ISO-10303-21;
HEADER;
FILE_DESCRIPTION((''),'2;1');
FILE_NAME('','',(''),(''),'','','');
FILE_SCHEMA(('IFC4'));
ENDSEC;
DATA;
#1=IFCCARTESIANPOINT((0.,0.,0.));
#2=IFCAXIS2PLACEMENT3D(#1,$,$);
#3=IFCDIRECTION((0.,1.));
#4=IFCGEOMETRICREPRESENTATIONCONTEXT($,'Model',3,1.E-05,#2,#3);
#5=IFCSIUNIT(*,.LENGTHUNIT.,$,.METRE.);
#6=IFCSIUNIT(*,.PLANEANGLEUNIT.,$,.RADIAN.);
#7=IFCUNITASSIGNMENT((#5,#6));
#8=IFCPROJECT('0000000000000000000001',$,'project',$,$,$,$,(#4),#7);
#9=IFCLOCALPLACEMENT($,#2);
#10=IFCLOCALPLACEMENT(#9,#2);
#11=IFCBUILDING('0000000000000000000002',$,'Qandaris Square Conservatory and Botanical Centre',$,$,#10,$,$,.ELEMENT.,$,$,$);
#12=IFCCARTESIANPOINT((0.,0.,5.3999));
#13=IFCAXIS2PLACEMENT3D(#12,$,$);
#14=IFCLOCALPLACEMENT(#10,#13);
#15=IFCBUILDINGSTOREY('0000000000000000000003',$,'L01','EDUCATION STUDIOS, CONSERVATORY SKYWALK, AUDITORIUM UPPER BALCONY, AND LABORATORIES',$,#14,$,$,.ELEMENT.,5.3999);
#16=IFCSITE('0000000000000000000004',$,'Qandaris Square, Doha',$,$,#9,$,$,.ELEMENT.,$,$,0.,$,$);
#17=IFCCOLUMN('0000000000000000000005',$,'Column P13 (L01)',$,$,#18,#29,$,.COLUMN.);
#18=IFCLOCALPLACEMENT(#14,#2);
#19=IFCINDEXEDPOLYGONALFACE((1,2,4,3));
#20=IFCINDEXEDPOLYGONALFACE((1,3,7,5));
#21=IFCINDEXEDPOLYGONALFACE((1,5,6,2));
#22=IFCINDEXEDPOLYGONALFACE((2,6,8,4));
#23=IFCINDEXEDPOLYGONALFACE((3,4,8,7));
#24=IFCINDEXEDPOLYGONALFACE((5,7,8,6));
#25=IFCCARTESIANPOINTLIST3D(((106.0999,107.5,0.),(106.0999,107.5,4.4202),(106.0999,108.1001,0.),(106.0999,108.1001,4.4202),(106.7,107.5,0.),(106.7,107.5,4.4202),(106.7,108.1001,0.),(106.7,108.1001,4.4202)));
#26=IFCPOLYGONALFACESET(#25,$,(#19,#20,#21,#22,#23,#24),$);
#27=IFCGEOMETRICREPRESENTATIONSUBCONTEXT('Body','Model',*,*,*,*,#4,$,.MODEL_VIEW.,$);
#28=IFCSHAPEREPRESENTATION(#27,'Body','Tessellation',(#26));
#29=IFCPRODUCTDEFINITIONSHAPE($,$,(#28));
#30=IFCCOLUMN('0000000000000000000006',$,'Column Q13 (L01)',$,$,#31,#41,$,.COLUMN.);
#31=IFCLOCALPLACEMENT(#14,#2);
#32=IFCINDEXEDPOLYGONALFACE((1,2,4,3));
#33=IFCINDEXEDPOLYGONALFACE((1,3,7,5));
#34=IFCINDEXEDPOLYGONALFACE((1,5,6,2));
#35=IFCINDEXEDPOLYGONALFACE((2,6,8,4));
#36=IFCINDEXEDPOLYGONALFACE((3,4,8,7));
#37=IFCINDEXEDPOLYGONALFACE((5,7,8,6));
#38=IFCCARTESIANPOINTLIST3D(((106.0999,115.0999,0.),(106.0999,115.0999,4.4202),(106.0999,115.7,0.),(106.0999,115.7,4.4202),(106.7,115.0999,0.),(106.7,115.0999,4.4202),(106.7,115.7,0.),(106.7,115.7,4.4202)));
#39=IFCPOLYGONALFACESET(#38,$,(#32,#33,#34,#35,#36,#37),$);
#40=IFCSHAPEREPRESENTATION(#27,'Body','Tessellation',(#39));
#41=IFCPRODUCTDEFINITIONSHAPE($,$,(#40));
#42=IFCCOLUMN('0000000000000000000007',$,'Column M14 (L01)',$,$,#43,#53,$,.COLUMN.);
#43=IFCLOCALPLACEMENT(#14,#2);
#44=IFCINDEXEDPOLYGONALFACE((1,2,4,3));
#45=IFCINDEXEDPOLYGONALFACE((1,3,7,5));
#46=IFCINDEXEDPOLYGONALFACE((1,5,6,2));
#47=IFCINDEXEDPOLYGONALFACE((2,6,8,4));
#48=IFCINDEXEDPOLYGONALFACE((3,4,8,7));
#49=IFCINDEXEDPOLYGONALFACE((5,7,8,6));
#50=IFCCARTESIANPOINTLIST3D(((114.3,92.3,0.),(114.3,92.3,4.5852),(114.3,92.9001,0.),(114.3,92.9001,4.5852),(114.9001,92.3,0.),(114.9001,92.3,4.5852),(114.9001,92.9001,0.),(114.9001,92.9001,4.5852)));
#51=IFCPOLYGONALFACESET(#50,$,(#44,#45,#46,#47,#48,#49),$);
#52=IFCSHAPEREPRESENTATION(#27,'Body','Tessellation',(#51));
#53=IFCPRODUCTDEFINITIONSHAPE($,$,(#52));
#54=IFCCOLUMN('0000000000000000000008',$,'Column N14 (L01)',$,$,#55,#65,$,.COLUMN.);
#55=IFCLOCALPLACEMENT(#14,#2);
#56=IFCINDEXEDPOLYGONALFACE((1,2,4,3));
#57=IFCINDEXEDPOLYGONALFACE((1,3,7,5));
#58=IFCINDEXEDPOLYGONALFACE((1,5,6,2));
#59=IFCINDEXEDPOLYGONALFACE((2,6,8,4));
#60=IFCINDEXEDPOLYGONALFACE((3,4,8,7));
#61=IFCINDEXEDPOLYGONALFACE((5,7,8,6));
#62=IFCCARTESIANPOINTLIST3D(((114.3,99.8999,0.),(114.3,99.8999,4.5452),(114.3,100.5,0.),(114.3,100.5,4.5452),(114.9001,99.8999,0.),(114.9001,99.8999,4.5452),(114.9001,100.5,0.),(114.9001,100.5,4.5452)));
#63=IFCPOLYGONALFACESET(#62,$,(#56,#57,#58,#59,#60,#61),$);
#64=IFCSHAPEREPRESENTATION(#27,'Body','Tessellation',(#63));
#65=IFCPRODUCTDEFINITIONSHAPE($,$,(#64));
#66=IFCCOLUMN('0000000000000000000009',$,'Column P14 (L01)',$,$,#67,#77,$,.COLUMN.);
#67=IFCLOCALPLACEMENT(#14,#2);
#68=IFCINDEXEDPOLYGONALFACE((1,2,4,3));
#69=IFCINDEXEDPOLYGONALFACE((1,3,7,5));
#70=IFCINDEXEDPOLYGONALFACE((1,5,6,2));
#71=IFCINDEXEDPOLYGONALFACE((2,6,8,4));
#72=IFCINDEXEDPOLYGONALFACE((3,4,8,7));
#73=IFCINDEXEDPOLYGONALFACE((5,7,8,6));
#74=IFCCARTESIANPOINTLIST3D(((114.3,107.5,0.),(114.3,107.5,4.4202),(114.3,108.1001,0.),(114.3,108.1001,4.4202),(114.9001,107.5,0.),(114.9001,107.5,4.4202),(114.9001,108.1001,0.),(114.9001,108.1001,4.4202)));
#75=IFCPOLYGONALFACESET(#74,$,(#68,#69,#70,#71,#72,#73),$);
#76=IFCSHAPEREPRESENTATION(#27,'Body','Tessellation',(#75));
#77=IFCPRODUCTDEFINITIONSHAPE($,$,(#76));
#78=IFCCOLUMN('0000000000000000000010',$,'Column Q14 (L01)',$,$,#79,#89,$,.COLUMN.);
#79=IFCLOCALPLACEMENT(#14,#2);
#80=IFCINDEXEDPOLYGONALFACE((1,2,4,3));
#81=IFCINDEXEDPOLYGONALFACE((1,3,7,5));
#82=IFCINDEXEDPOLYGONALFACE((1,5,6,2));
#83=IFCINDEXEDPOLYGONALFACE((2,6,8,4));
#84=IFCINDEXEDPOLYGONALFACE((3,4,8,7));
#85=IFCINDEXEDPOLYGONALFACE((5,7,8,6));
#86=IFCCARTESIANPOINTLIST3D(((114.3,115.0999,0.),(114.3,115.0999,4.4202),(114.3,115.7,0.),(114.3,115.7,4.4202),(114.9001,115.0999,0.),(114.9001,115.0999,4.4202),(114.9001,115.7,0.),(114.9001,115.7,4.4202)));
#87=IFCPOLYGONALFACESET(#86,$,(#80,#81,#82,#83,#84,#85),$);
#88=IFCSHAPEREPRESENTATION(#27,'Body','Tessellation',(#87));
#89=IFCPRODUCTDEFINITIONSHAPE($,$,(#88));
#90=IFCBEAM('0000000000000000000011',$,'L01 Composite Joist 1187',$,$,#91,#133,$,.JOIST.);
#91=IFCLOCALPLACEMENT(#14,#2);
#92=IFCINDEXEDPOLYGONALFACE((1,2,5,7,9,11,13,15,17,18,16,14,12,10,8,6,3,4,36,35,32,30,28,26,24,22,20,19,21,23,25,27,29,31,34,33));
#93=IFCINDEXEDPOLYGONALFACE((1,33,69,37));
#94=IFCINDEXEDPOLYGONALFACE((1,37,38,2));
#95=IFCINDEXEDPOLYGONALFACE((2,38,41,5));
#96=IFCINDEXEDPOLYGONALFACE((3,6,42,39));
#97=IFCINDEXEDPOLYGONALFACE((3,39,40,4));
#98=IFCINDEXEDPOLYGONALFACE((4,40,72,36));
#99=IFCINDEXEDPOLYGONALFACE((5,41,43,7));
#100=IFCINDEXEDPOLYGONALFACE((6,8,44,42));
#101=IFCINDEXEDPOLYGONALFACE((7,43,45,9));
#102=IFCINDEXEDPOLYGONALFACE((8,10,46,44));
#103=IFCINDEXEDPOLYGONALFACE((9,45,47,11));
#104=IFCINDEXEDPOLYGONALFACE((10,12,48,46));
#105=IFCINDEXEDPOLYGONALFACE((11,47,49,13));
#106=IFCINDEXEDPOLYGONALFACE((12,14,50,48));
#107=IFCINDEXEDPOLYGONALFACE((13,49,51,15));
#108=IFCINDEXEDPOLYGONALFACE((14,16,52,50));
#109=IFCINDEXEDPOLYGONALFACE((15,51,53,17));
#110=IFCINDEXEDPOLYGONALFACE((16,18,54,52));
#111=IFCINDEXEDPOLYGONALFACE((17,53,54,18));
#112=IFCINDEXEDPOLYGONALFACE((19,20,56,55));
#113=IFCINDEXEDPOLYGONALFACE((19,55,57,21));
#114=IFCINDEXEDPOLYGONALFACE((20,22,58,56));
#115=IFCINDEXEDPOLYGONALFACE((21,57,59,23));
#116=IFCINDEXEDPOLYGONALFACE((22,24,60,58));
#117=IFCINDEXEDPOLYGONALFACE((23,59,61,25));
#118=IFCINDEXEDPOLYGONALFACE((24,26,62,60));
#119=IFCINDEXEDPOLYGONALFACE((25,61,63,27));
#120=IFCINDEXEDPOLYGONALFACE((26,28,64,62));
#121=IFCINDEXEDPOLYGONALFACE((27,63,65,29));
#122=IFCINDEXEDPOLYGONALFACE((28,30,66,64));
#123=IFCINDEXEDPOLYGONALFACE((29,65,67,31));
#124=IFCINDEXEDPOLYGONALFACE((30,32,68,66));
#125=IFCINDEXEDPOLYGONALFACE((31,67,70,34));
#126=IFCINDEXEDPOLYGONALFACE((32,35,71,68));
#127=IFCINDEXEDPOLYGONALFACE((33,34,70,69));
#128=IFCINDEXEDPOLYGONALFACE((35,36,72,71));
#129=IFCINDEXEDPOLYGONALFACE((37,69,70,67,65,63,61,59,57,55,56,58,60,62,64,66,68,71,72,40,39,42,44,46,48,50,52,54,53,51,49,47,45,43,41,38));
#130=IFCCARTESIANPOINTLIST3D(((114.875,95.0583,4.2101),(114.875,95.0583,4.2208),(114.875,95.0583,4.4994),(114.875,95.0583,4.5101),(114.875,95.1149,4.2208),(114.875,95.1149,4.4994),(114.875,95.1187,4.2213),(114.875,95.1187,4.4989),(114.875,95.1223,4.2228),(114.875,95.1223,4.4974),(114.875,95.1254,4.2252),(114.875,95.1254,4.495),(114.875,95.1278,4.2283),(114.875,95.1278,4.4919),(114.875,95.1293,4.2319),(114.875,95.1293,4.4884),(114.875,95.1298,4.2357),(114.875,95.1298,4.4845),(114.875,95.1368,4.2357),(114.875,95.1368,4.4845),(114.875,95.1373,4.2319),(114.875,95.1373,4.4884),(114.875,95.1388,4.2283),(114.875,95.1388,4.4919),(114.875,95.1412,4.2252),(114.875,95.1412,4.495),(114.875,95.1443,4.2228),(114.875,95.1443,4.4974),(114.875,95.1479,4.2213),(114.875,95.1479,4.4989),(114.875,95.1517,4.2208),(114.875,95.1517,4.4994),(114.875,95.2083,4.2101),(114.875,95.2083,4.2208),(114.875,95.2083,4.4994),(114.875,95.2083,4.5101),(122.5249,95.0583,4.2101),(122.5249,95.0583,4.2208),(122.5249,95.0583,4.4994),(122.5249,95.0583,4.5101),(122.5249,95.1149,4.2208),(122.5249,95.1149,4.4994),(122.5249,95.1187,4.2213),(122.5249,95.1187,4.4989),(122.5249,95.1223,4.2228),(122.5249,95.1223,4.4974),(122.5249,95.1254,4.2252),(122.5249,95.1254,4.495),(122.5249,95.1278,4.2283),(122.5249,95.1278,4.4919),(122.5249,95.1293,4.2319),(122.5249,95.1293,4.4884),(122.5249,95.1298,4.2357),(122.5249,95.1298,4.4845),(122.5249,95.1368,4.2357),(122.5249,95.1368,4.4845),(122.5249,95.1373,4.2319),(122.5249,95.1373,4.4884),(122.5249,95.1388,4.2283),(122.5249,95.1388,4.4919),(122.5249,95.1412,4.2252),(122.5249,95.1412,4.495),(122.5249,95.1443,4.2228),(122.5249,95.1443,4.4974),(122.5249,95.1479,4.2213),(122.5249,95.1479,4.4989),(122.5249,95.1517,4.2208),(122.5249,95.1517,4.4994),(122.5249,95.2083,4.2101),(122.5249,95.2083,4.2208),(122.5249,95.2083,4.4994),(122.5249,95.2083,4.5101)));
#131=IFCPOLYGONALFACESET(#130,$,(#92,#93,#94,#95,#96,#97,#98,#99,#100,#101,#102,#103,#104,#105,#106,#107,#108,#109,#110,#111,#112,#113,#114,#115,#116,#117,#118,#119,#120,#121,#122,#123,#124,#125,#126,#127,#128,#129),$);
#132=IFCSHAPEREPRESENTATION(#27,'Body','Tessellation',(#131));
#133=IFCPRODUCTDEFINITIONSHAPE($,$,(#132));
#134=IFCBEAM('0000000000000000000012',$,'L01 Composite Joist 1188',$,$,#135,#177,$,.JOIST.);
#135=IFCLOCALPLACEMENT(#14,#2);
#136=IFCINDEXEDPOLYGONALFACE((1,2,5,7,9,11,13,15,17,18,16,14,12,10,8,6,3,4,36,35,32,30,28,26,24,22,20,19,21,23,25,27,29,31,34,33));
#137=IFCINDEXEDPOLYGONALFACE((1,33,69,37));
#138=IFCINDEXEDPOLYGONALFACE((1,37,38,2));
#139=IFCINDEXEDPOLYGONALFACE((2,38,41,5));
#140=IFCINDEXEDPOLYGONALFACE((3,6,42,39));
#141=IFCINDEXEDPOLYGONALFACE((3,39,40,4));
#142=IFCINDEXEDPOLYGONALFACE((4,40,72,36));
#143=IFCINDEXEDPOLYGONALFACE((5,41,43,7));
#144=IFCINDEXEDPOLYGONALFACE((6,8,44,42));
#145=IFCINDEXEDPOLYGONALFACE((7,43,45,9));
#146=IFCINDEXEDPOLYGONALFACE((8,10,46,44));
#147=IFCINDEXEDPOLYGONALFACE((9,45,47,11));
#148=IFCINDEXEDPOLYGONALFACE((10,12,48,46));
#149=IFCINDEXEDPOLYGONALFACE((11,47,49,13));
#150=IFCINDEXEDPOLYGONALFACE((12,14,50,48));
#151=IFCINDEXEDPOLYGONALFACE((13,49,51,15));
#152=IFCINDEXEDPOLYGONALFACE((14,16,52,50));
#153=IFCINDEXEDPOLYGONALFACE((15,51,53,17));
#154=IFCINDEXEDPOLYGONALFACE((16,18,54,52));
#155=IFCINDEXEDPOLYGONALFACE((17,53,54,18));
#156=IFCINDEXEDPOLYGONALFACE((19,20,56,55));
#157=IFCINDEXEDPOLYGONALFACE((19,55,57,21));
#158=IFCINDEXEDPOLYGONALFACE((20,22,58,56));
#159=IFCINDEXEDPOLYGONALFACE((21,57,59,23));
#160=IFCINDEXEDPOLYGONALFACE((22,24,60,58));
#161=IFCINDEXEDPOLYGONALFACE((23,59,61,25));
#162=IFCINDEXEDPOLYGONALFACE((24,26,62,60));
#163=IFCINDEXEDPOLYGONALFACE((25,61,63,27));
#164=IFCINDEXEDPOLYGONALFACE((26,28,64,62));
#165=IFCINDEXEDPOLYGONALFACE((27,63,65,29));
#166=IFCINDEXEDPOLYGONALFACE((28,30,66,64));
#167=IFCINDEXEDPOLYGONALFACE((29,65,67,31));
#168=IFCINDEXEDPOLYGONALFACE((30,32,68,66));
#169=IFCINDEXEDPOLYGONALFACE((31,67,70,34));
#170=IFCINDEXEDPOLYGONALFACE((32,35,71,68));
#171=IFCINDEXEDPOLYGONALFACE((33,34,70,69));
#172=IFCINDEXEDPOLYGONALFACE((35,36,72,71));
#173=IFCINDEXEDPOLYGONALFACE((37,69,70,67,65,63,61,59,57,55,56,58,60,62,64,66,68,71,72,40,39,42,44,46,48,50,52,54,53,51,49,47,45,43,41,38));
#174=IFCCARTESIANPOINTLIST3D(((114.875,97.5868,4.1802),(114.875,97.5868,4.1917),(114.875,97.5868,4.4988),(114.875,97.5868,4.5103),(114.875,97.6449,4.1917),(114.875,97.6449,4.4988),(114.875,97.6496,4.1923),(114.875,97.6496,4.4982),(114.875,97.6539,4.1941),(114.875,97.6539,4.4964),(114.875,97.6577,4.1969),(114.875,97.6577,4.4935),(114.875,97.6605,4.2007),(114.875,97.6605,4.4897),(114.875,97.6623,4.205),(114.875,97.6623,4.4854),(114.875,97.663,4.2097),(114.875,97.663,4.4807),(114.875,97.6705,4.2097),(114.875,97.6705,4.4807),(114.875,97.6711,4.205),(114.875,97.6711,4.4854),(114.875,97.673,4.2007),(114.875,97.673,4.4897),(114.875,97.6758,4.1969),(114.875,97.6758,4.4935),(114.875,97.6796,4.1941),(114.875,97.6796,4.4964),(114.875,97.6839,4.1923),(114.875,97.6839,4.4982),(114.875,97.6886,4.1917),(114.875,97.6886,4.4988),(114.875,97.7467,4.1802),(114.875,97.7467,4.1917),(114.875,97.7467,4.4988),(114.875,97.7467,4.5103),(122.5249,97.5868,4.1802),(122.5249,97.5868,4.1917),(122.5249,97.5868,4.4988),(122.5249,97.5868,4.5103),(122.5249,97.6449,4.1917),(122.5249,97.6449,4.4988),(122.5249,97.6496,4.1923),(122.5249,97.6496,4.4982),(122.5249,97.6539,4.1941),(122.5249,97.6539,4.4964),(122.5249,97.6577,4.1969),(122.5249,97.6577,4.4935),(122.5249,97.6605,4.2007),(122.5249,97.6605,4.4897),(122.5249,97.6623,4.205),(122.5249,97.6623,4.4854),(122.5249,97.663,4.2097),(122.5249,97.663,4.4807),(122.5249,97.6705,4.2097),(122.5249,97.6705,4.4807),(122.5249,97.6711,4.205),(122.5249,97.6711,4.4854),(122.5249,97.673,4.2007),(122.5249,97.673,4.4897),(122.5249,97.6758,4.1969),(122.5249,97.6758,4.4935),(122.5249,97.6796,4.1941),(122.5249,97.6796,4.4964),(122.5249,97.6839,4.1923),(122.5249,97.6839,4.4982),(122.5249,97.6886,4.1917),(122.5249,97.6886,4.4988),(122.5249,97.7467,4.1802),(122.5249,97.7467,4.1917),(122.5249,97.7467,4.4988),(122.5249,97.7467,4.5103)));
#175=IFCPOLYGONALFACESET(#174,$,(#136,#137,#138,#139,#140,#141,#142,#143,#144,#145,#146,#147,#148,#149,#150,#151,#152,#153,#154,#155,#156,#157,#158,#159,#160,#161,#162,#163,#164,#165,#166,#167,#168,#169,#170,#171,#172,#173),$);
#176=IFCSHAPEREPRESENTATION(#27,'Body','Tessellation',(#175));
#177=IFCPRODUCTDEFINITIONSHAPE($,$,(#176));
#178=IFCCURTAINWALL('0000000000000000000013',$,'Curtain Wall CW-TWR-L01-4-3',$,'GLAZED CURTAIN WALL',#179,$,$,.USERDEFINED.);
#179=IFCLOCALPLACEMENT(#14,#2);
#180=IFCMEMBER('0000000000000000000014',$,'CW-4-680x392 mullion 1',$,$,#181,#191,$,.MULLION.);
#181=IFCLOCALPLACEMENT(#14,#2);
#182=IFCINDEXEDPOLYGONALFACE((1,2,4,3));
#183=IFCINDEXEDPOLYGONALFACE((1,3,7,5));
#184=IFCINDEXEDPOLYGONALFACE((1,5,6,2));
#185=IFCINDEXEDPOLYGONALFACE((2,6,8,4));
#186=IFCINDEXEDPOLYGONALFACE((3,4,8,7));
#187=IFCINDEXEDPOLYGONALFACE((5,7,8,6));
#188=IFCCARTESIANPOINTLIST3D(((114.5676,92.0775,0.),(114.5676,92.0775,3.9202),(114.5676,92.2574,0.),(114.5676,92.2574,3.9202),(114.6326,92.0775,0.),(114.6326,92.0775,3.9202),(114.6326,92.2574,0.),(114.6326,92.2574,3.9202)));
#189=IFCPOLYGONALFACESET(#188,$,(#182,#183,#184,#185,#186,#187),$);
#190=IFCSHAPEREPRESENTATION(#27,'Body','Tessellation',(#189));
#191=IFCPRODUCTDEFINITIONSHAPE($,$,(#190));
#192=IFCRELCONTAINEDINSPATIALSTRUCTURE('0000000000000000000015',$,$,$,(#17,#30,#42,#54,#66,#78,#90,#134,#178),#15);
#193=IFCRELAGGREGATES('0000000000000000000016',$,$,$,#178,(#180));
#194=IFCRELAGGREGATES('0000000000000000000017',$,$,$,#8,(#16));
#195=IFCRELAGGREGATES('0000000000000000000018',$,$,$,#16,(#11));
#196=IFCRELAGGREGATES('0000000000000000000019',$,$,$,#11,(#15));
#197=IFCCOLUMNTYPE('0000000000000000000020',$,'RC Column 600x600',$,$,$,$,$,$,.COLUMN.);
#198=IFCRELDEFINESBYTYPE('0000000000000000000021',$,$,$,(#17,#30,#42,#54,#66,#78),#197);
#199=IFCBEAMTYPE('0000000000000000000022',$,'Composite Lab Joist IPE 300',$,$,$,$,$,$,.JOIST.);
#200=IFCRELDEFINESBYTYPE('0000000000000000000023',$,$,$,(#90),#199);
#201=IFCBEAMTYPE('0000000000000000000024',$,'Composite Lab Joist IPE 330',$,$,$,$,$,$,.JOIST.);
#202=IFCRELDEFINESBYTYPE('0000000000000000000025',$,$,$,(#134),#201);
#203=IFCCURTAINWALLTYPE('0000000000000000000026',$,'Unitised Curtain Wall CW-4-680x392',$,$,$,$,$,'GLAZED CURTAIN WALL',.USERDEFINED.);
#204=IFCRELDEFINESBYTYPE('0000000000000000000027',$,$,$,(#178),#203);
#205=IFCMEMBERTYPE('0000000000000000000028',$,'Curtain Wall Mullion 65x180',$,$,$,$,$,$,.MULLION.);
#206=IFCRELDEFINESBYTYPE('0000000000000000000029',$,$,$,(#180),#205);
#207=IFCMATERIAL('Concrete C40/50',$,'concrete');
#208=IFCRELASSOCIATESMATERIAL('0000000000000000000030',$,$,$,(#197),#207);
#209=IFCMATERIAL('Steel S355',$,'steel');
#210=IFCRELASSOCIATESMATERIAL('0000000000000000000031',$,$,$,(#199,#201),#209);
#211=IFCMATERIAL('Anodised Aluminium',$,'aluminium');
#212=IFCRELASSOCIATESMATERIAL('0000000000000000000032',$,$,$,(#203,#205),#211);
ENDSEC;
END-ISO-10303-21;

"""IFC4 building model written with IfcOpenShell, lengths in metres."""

from ifc_helpers import new_model, si_unit, direction, frame, origin, origin_2d, place, context, subcontext, project, spatial, rectangle, i_section, extrude, material, material_profile, profile_set, type_object, element, aggregate, save


model = new_model("IFC4")

# Units and contexts
model_context = context("Model", 3, precision=1e-05, world=origin(), true_north=direction((0.0, 1.0)))
body_context = subcontext(model_context, "Body", "Model", "MODEL_VIEW")
ifc_project = project(units=[si_unit("LENGTHUNIT", "METRE"), si_unit("PLANEANGLEUNIT", "RADIAN")], contexts=[model_context])

# Site, building, storey
site_placement = place(None, origin())
site = spatial("IfcSite", under=ifc_project, at=site_placement, Name="Qandaris Square, Doha", CompositionType="ELEMENT", RefElevation=0.0)
building_placement = place(site_placement, origin())
building = spatial("IfcBuilding", under=site, at=building_placement, Name="Qandaris Square Conservatory and Botanical Centre", CompositionType="ELEMENT")
storey_placement = place(building_placement, frame((0.0, 0.0, 5.3999)))
storey = spatial("IfcBuildingStorey", under=building, at=storey_placement, Name="L01", Description="EDUCATION STUDIOS, CONSERVATORY SKYWALK, AUDITORIUM UPPER BALCONY, AND LABORATORIES", CompositionType="ELEMENT", Elevation=5.3999)

# Columns
ifc_material_1 = material(Name="Concrete C40/50", Category="concrete")
ifc_material_profile_1 = material_profile(ifc_material_1, rectangle(XDim=0.6001, YDim=0.6001, at=origin_2d()), Name="RC-COL 600x600")
ifc_profile_set_1 = profile_set([ifc_material_profile_1], Name="Concrete C40/50")
column_type = type_object("IfcColumnType", Name="RC Column 600x600", PredefinedType="COLUMN", material=ifc_profile_set_1)
for number, where, z_axis, x_axis, name in (
    (1, (106.3999, 107.8, 0.0), (0.0, 0.0, 1.0), (1.0, 0.0, 0.0), "Column P13 (L01)"),
    (2, (106.3999, 115.3999, 0.0), (0.0, 0.0, 1.0), (1.0, 0.0, 0.0), "Column Q13 (L01)"),
):
    element("IfcColumn", number, at=place(storey_placement, frame(where, z_axis=z_axis, x_axis=x_axis)), inside=storey, type_object=column_type, Name=name, PredefinedType="COLUMN", context=body_context, shape_type="SweptSolid", body=[
        extrude(rectangle(XDim=0.6001, YDim=0.6001, at=origin_2d()), origin(), (0.0, 0.0, 1.0), 4.4202),
    ])
column_1_placement = place(storey_placement, frame((114.6001, 92.6001, 0.0), z_axis=(0.0, 0.0, 1.0), x_axis=(1.0, 0.0, 0.0)))
element("IfcColumn", 3, at=column_1_placement, inside=storey, type_object=column_type, Name="Column M14 (L01)", PredefinedType="COLUMN", context=body_context, shape_type="SweptSolid", body=[
    extrude(rectangle(XDim=0.6001, YDim=0.6001, at=origin_2d()), origin(), (0.0, 0.0, 1.0), 4.5852),
])
column_2_placement = place(storey_placement, frame((114.6001, 100.2, 0.0), z_axis=(0.0, 0.0, 1.0), x_axis=(1.0, 0.0, 0.0)))
element("IfcColumn", 4, at=column_2_placement, inside=storey, type_object=column_type, Name="Column N14 (L01)", PredefinedType="COLUMN", context=body_context, shape_type="SweptSolid", body=[
    extrude(rectangle(XDim=0.6001, YDim=0.6001, at=origin_2d()), origin(), (0.0, 0.0, 1.0), 4.5452),
])
for number, where, z_axis, x_axis, name in (
    (5, (114.6001, 107.8, 0.0), (0.0, 0.0, 1.0), (1.0, 0.0, 0.0), "Column P14 (L01)"),
    (6, (114.6001, 115.3999, 0.0), (0.0, 0.0, 1.0), (1.0, 0.0, 0.0), "Column Q14 (L01)"),
):
    element("IfcColumn", number, at=place(storey_placement, frame(where, z_axis=z_axis, x_axis=x_axis)), inside=storey, type_object=column_type, Name=name, PredefinedType="COLUMN", context=body_context, shape_type="SweptSolid", body=[
        extrude(rectangle(XDim=0.6001, YDim=0.6001, at=origin_2d()), origin(), (0.0, 0.0, 1.0), 4.4202),
    ])

# Beams
ifc_material_2 = material(Name="Steel S355", Category="steel")
ifc_material_profile_2 = material_profile(ifc_material_2, i_section(OverallWidth=0.1499, OverallDepth=0.3, WebThickness=0.0071, FlangeThickness=0.0107, FilletRadius=0.0149, at=origin_2d()), Name="IPE 300")
ifc_profile_set_2 = profile_set([ifc_material_profile_2], Name="Steel S355")
beam_type_1 = type_object("IfcBeamType", Name="Composite Lab Joist IPE 300", PredefinedType="JOIST", material=ifc_profile_set_2)
beam_1_placement = place(storey_placement, frame((114.875, 95.1333, 4.3601), z_axis=(1.0, 0.0, 0.0), x_axis=(0.0, 1.0, 0.0)))
element("IfcBeam", 7, at=beam_1_placement, inside=storey, type_object=beam_type_1, Name="L01 Composite Joist 1187", PredefinedType="JOIST", context=body_context, shape_type="SweptSolid", body=[
    extrude(i_section(OverallWidth=0.1499, OverallDepth=0.3, WebThickness=0.0071, FlangeThickness=0.0107, FilletRadius=0.0149, at=origin_2d()), origin(), (0.0, 0.0, 1.0), 7.6499),
])
ifc_material_profile_3 = material_profile(ifc_material_2, i_section(OverallWidth=0.1599, OverallDepth=0.3301, WebThickness=0.0076, FlangeThickness=0.0115, FilletRadius=0.0181, at=origin_2d()), Name="IPE 330")
ifc_profile_set_3 = profile_set([ifc_material_profile_3], Name="Steel S355")
beam_type_2 = type_object("IfcBeamType", Name="Composite Lab Joist IPE 330", PredefinedType="JOIST", material=ifc_profile_set_3)
beam_2_placement = place(storey_placement, frame((114.875, 97.6667, 4.3452), z_axis=(1.0, 0.0, 0.0), x_axis=(0.0, 1.0, 0.0)))
element("IfcBeam", 8, at=beam_2_placement, inside=storey, type_object=beam_type_2, Name="L01 Composite Joist 1188", PredefinedType="JOIST", context=body_context, shape_type="SweptSolid", body=[
    extrude(i_section(OverallWidth=0.1599, OverallDepth=0.3301, WebThickness=0.0076, FlangeThickness=0.0115, FilletRadius=0.0181, at=origin_2d()), origin(), (0.0, 0.0, 1.0), 7.6499),
])

# Curtain wall, member
ifc_material_3 = material(Name="Anodised Aluminium", Category="aluminium")
curtain_wall_type = type_object("IfcCurtainWallType", Name="Unitised Curtain Wall CW-4-680x392", ElementType="GLAZED CURTAIN WALL", PredefinedType="USERDEFINED", material=ifc_material_3)
curtain_wall_placement = place(storey_placement, origin())
curtain_wall = element("IfcCurtainWall", 9, at=curtain_wall_placement, inside=storey, type_object=curtain_wall_type, Name="Curtain Wall CW-TWR-L01-4-3", ObjectType="GLAZED CURTAIN WALL", PredefinedType="USERDEFINED")
ifc_material_profile_4 = material_profile(ifc_material_3, rectangle(XDim=0.0649, YDim=0.1799, at=origin_2d()), Name="ALU-MUL 65x180")
ifc_profile_set_4 = profile_set([ifc_material_profile_4], Name="Anodised Aluminium")
member_type_1 = type_object("IfcMemberType", Name="Curtain Wall Mullion 65x180", PredefinedType="MULLION", material=ifc_profile_set_4)
member_1_placement = place(storey_placement, frame((114.6001, 92.1675, 0.0), z_axis=(0.0, 0.0, 1.0), x_axis=(1.0, 0.0, 0.0)))
member_1 = element("IfcMember", 10, at=member_1_placement, type_object=member_type_1, Name="CW-4-680x392 mullion 1", PredefinedType="MULLION", context=body_context, shape_type="SweptSolid", body=[
    extrude(rectangle(XDim=0.0649, YDim=0.1799, at=origin_2d()), origin(), (0.0, 0.0, 1.0), 3.9202),
])

aggregate(curtain_wall, [member_1])

save(model, "model.ifc")
